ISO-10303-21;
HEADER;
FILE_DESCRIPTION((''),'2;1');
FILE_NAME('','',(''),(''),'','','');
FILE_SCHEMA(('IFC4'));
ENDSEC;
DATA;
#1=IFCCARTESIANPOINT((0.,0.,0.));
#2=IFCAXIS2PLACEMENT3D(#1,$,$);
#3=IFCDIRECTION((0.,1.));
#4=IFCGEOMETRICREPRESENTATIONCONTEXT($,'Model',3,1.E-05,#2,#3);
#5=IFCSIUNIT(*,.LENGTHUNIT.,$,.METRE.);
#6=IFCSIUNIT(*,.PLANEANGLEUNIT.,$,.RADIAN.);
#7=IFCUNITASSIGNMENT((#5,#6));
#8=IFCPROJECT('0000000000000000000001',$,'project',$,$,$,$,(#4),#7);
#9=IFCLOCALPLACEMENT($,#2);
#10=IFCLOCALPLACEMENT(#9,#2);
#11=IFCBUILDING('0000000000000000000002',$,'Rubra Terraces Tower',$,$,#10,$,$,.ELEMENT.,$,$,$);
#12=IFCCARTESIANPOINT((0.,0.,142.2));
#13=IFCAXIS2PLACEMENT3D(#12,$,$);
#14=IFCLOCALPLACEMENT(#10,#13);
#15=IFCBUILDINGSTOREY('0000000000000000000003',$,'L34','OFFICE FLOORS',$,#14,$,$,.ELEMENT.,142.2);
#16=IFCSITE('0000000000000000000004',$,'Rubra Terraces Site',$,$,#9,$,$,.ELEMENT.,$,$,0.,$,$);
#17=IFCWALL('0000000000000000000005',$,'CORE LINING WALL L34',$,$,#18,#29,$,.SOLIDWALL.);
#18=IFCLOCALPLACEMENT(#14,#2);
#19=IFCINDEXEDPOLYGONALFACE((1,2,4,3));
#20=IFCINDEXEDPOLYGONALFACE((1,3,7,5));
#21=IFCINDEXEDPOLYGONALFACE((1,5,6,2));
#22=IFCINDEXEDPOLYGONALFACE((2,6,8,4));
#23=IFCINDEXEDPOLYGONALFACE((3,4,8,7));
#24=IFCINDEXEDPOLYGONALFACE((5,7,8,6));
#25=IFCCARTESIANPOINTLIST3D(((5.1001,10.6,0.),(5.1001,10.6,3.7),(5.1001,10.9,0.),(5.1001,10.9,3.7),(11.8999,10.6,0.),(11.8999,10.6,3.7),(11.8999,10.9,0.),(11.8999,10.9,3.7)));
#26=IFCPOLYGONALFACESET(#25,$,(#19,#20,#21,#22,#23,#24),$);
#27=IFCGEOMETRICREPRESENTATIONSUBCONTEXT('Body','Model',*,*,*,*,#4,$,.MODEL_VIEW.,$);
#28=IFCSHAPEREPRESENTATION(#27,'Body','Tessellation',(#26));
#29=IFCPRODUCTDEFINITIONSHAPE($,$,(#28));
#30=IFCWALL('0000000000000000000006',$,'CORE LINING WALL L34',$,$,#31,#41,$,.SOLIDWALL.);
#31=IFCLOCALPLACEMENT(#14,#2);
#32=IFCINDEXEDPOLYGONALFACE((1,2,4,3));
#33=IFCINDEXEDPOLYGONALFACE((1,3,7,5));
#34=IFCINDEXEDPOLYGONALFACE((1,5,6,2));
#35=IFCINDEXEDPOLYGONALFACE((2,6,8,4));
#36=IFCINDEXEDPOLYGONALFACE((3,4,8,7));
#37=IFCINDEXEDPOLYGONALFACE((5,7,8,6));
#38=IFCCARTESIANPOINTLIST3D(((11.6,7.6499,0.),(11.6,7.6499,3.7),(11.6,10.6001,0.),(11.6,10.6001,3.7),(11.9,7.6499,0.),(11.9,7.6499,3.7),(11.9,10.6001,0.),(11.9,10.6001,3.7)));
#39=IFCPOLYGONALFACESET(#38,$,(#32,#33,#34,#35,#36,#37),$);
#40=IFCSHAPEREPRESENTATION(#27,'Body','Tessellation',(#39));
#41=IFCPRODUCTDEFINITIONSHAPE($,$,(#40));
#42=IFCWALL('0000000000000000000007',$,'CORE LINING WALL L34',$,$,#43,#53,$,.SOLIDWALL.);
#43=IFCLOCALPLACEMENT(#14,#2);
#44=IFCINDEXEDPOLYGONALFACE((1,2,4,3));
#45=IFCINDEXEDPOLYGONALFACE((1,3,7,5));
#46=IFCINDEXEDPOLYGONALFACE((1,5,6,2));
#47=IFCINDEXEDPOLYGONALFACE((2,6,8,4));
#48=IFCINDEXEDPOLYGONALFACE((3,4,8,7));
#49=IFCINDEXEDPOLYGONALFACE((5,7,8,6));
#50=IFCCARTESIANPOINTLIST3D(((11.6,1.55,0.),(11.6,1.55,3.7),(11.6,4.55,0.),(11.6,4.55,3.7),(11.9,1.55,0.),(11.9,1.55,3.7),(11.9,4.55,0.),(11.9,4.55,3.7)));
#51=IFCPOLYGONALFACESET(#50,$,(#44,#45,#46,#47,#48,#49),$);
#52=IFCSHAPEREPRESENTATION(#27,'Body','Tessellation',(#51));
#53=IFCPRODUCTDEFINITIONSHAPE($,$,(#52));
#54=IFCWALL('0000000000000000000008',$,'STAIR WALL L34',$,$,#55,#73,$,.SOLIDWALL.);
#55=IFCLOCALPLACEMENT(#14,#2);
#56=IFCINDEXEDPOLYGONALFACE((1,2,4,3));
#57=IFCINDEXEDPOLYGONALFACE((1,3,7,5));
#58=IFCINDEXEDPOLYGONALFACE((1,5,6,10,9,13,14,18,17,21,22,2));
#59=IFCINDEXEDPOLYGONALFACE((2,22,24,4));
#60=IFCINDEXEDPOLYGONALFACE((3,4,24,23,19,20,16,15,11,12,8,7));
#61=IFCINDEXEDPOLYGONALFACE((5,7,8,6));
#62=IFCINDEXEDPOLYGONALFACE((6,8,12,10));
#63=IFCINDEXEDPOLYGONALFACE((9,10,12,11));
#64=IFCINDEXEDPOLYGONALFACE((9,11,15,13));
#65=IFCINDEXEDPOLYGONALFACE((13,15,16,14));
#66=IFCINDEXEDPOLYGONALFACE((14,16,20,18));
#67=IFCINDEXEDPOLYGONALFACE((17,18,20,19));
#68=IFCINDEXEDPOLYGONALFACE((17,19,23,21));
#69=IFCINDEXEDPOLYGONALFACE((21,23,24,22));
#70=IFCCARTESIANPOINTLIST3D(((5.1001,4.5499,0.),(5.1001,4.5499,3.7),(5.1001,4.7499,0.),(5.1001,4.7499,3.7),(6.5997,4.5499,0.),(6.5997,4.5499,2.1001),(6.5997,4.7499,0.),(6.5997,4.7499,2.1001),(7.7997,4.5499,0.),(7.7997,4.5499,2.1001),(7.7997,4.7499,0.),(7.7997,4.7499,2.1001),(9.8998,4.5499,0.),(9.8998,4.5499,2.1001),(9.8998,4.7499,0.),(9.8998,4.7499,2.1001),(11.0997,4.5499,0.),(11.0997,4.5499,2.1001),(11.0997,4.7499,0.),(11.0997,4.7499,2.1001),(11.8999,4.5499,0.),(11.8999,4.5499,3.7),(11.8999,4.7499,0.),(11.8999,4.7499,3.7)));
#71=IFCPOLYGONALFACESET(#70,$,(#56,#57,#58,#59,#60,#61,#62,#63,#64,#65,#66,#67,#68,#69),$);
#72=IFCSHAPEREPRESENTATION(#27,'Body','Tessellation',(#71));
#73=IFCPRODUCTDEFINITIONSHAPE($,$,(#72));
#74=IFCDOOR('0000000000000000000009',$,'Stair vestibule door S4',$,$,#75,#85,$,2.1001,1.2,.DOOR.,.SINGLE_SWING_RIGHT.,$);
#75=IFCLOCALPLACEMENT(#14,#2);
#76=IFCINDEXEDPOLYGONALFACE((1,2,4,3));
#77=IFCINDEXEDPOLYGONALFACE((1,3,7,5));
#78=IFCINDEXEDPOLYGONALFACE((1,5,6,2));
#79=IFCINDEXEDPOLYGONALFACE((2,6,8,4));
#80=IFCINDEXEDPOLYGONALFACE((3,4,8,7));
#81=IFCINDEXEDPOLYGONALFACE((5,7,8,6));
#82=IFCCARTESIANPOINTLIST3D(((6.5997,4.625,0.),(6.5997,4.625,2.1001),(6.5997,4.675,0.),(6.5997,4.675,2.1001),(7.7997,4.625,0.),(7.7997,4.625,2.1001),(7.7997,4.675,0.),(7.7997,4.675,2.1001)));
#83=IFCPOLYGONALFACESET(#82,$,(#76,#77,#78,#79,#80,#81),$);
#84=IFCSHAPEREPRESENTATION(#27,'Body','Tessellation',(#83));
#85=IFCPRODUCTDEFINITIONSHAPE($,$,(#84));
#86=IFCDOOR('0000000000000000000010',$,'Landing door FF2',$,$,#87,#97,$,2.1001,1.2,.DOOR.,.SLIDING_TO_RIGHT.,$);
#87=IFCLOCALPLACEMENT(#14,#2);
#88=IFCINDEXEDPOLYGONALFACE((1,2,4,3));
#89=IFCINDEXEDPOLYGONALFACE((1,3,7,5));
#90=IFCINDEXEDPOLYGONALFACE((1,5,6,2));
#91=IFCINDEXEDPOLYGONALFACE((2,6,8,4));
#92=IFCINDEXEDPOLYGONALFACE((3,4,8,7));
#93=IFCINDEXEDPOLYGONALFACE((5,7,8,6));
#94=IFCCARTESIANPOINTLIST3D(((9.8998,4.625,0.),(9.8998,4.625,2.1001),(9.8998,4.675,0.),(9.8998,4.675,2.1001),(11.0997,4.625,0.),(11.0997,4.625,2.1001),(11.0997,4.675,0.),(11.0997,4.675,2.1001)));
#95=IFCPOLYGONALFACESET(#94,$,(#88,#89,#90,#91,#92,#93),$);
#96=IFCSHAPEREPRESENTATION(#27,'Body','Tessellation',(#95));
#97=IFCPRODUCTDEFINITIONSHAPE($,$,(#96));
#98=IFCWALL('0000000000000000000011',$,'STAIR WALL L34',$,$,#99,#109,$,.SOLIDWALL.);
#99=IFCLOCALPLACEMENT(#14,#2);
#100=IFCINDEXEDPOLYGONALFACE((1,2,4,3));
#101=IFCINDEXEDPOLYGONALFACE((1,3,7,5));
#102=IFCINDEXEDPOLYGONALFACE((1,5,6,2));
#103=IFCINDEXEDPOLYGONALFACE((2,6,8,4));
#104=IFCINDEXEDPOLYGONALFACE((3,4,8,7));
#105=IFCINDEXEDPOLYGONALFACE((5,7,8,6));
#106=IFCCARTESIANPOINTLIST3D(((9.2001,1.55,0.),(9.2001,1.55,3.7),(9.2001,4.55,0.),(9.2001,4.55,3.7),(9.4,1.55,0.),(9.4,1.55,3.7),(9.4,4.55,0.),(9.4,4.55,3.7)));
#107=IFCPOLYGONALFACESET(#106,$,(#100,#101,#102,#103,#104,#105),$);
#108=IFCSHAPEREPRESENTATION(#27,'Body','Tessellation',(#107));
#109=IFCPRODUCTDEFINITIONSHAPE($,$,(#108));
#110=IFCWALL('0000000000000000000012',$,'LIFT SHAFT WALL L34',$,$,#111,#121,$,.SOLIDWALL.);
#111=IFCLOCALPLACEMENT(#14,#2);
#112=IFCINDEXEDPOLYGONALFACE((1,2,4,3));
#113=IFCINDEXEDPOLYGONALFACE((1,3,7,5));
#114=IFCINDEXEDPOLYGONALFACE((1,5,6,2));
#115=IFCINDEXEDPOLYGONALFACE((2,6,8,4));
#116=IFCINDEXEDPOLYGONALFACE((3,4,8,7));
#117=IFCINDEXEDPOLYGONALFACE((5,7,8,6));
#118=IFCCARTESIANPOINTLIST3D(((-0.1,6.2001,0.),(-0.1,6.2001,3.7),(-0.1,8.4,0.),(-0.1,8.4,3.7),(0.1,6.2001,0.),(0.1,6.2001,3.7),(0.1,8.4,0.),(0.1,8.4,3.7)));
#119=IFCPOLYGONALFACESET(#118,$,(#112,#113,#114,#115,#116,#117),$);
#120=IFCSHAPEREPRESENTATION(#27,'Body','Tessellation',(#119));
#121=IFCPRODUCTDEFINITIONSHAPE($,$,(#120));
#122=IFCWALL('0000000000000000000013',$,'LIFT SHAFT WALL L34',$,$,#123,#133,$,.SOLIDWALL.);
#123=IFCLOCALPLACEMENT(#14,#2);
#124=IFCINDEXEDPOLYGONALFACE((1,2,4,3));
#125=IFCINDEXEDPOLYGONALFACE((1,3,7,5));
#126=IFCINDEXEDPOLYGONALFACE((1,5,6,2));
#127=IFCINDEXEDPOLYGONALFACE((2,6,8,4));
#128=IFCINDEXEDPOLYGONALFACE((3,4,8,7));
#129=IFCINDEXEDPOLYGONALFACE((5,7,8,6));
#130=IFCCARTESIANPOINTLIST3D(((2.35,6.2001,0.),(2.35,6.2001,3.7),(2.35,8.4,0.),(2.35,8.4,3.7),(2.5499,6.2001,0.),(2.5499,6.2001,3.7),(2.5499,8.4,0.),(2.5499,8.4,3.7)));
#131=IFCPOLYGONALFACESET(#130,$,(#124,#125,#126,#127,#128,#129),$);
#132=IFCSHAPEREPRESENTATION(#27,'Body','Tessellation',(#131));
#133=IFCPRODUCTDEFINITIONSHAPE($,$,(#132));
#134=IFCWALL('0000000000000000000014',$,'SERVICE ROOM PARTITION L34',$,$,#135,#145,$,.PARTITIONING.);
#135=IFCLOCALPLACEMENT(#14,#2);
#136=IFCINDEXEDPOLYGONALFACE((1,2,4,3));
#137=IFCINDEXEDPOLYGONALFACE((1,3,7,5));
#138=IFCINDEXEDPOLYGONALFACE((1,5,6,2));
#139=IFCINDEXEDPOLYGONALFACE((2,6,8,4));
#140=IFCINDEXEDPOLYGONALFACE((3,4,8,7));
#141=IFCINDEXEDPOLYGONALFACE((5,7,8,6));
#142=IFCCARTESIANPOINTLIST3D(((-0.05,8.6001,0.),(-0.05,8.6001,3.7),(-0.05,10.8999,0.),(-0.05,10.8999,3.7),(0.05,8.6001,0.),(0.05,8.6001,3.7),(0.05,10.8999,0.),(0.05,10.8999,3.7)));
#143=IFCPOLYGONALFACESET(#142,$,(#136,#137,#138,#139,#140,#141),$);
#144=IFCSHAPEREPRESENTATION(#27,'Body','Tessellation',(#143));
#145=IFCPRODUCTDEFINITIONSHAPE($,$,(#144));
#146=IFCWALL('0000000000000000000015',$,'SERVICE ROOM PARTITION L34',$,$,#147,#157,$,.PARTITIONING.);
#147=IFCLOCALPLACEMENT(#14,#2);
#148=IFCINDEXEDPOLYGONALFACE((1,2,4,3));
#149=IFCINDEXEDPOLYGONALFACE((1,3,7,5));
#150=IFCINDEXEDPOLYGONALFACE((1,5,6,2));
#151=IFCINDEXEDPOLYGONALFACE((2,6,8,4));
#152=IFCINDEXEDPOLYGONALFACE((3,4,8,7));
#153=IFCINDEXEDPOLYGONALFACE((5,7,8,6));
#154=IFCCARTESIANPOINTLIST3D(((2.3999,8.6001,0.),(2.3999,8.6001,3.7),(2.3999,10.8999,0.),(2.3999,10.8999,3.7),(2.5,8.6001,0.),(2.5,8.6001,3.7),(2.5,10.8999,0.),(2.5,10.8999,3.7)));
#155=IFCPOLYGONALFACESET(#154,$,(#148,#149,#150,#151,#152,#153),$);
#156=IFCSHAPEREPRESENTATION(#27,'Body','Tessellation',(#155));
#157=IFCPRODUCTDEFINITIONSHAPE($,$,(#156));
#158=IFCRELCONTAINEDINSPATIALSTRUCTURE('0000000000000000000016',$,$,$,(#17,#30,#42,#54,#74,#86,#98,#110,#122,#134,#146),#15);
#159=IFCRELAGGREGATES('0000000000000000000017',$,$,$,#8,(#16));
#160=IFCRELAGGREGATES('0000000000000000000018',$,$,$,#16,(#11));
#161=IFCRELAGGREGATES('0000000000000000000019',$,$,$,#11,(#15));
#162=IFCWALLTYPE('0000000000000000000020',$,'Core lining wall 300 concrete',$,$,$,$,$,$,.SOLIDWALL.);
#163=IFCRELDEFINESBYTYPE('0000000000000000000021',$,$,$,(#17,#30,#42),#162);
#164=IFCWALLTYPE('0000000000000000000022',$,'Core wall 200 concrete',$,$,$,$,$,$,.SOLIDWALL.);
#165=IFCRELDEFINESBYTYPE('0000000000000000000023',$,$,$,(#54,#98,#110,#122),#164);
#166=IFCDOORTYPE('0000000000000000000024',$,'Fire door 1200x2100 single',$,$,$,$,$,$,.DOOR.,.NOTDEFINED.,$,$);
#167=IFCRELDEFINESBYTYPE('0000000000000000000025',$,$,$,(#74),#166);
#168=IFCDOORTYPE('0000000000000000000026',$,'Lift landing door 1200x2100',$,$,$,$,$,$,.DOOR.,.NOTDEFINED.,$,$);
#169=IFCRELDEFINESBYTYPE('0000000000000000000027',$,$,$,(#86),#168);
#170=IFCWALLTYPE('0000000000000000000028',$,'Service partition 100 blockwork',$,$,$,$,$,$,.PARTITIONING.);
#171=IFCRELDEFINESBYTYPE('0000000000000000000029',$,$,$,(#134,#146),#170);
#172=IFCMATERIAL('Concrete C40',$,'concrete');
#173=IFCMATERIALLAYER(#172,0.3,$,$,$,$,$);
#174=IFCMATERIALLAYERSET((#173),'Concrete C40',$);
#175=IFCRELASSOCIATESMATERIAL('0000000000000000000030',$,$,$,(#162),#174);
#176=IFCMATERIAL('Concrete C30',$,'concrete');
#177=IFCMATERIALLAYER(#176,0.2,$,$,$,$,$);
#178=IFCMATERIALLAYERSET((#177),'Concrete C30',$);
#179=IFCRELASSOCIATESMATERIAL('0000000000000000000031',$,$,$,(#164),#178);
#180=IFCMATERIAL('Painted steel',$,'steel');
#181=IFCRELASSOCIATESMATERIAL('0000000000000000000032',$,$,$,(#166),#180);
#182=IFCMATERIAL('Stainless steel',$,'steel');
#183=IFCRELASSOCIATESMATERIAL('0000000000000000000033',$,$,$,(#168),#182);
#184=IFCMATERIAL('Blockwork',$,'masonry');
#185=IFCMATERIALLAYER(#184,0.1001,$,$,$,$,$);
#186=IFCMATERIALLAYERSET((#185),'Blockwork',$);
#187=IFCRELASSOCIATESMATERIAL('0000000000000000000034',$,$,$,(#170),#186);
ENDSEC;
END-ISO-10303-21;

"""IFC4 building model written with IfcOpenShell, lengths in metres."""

from ifc_helpers import new_model, si_unit, direction, frame, frame_2d, origin, place, context, subcontext, project, spatial, rectangle, extrude, material, layer, layer_set, type_object, element, fill, save


model = new_model("IFC4")

# Units and contexts
model_context = context("Model", 3, precision=1e-05, world=origin(), true_north=direction((0.0, 1.0)))
body_context = subcontext(model_context, "Body", "Model", "MODEL_VIEW")
ifc_project = project(units=[si_unit("LENGTHUNIT", "METRE"), si_unit("PLANEANGLEUNIT", "RADIAN")], contexts=[model_context])

# Site, building, storey
site_placement = place(None, origin())
site = spatial("IfcSite", under=ifc_project, at=site_placement, Name="Rubra Terraces Site", CompositionType="ELEMENT", RefElevation=0.0)
building_placement = place(site_placement, origin())
building = spatial("IfcBuilding", under=site, at=building_placement, Name="Rubra Terraces Tower", CompositionType="ELEMENT")
storey_placement = place(building_placement, frame((0.0, 0.0, 142.2)))
storey = spatial("IfcBuildingStorey", under=building, at=storey_placement, Name="L34", Description="OFFICE FLOORS", CompositionType="ELEMENT", Elevation=142.2)

# Walls
ifc_material_1 = material(Name="Concrete C40", Category="concrete")
ifc_layer_1 = layer(ifc_material_1, 0.3)
ifc_layer_set_1 = layer_set([ifc_layer_1], Name="Concrete C40")
wall_type_1 = type_object("IfcWallType", Name="Core lining wall 300 concrete", PredefinedType="SOLIDWALL", material=ifc_layer_set_1)
wall_1_placement = place(storey_placement, frame((11.8999, 10.75, 0.0), z_axis=(0.0, 0.0, 1.0), x_axis=(-1.0, 0.0, 0.0)))
element("IfcWall", 1, at=wall_1_placement, inside=storey, type_object=wall_type_1, Name="CORE LINING WALL L34", PredefinedType="SOLIDWALL", context=body_context, shape_type="SweptSolid", body=[
    extrude(rectangle(XDim=6.7998, YDim=0.3, at=frame_2d((3.3999, 0.0))), origin(), (0.0, 0.0, 1.0), 3.7),
])
wall_2_placement = place(storey_placement, frame((11.75, 10.6001, 0.0), z_axis=(0.0, 0.0, 1.0), x_axis=(0.0, -1.0, 0.0)))
element("IfcWall", 2, at=wall_2_placement, inside=storey, type_object=wall_type_1, Name="CORE LINING WALL L34", PredefinedType="SOLIDWALL", context=body_context, shape_type="SweptSolid", body=[
    extrude(rectangle(XDim=2.9502, YDim=0.3, at=frame_2d((1.4751, 0.0))), origin(), (0.0, 0.0, 1.0), 3.7),
])
wall_3_placement = place(storey_placement, frame((11.75, 4.55, 0.0), z_axis=(0.0, 0.0, 1.0), x_axis=(0.0, -1.0, 0.0)))
element("IfcWall", 3, at=wall_3_placement, inside=storey, type_object=wall_type_1, Name="CORE LINING WALL L34", PredefinedType="SOLIDWALL", context=body_context, shape_type="SweptSolid", body=[
    extrude(rectangle(XDim=3.0, YDim=0.3, at=frame_2d((1.5, 0.0))), origin(), (0.0, 0.0, 1.0), 3.7),
])

# Wall, openings, doors
ifc_material_2 = material(Name="Concrete C30", Category="concrete")
ifc_layer_2 = layer(ifc_material_2, 0.2)
ifc_layer_set_2 = layer_set([ifc_layer_2], Name="Concrete C30")
wall_type_2 = type_object("IfcWallType", Name="Core wall 200 concrete", PredefinedType="SOLIDWALL", material=ifc_layer_set_2)
wall_4_placement = place(storey_placement, frame((11.8999, 4.6499, 0.0), z_axis=(0.0, 0.0, 1.0), x_axis=(-1.0, 0.0, 0.0)))
wall_4 = element("IfcWall", 4, at=wall_4_placement, inside=storey, type_object=wall_type_2, Name="STAIR WALL L34", PredefinedType="SOLIDWALL", context=body_context, shape_type="SweptSolid", body=[
    extrude(rectangle(XDim=6.7998, YDim=0.2, at=frame_2d((3.3999, 0.0))), origin(), (0.0, 0.0, 1.0), 3.7),
])
opening_1_placement = place(wall_4_placement, frame((4.1001, 0.0, 0.0)))
opening_1 = element("IfcOpeningElement", 5, at=opening_1_placement, cuts=wall_4, PredefinedType="OPENING", context=body_context, shape_type="SweptSolid", body=[
    extrude(rectangle(XDim=1.2, YDim=2.1001, at=frame_2d((0.6001, 1.05))), frame((0.0, 0.1099, 0.0), z_axis=(0.0, -1.0, 0.0), x_axis=(1.0, 0.0, 0.0)), (0.0, 0.0, 1.0), 0.22),
])
opening_2_placement = place(wall_4_placement, frame((0.8, 0.0, 0.0)))
opening_2 = element("IfcOpeningElement", 6, at=opening_2_placement, cuts=wall_4, PredefinedType="OPENING", context=body_context, shape_type="SweptSolid", body=[
    extrude(rectangle(XDim=1.2, YDim=2.1001, at=frame_2d((0.6001, 1.05))), frame((0.0, 0.1099, 0.0), z_axis=(0.0, -1.0, 0.0), x_axis=(1.0, 0.0, 0.0)), (0.0, 0.0, 1.0), 0.22),
])
ifc_material_3 = material(Name="Painted steel", Category="steel")
door_type_1 = type_object("IfcDoorType", Name="Fire door 1200x2100 single", OperationType="NOTDEFINED", PredefinedType="DOOR", material=ifc_material_3)
door_1_placement = place(opening_1_placement, origin())
door_1 = element("IfcDoor", 7, at=door_1_placement, inside=storey, type_object=door_type_1, Name="Stair vestibule door S4", OperationType="SINGLE_SWING_RIGHT", OverallHeight=2.1001, OverallWidth=1.2, PredefinedType="DOOR", context=body_context, shape_type="SweptSolid", body=[
    extrude(rectangle(XDim=1.2, YDim=2.1001, at=frame_2d((0.6001, 1.05))), frame((0.0, 0.0249, 0.0), z_axis=(0.0, -1.0, 0.0), x_axis=(1.0, 0.0, 0.0)), (0.0, 0.0, 1.0), 0.05),
])
fill(opening_1, door_1)
ifc_material_4 = material(Name="Stainless steel", Category="steel")
door_type_2 = type_object("IfcDoorType", Name="Lift landing door 1200x2100", OperationType="NOTDEFINED", PredefinedType="DOOR", material=ifc_material_4)
door_2_placement = place(opening_2_placement, origin())
door_2 = element("IfcDoor", 8, at=door_2_placement, inside=storey, type_object=door_type_2, Name="Landing door FF2", OperationType="SLIDING_TO_RIGHT", OverallHeight=2.1001, OverallWidth=1.2, PredefinedType="DOOR", context=body_context, shape_type="SweptSolid", body=[
    extrude(rectangle(XDim=1.2, YDim=2.1001, at=frame_2d((0.6001, 1.05))), frame((0.0, 0.0249, 0.0), z_axis=(0.0, -1.0, 0.0), x_axis=(1.0, 0.0, 0.0)), (0.0, 0.0, 1.0), 0.05),
])
fill(opening_2, door_2)

# Walls
wall_5_placement = place(storey_placement, frame((9.3, 4.55, 0.0), z_axis=(0.0, 0.0, 1.0), x_axis=(0.0, -1.0, 0.0)))
element("IfcWall", 9, at=wall_5_placement, inside=storey, type_object=wall_type_2, Name="STAIR WALL L34", PredefinedType="SOLIDWALL", context=body_context, shape_type="SweptSolid", body=[
    extrude(rectangle(XDim=3.0, YDim=0.2, at=frame_2d((1.5, 0.0))), origin(), (0.0, 0.0, 1.0), 3.7),
])
for number, where, z_axis, x_axis, name in (
    (10, (0.0, 6.2, 0.0), (0.0, 0.0, 1.0), (0.0, 1.0, 0.0), "LIFT SHAFT WALL L34"),
    (11, (2.45, 6.2, 0.0), (0.0, 0.0, 1.0), (0.0, 1.0, 0.0), "LIFT SHAFT WALL L34"),
):
    element("IfcWall", number, at=place(storey_placement, frame(where, z_axis=z_axis, x_axis=x_axis)), inside=storey, type_object=wall_type_2, Name=name, PredefinedType="SOLIDWALL", context=body_context, shape_type="SweptSolid", body=[
        extrude(rectangle(XDim=2.2, YDim=0.2, at=frame_2d((1.1001, 0.0))), origin(), (0.0, 0.0, 1.0), 3.7),
    ])
ifc_material_5 = material(Name="Blockwork", Category="masonry")
ifc_layer_3 = layer(ifc_material_5, 0.1001)
ifc_layer_set_3 = layer_set([ifc_layer_3], Name="Blockwork")
wall_type_3 = type_object("IfcWallType", Name="Service partition 100 blockwork", PredefinedType="PARTITIONING", material=ifc_layer_set_3)
for number, where, z_axis, x_axis, name in (
    (12, (0.0, 8.6001, 0.0), (0.0, 0.0, 1.0), (0.0, 1.0, 0.0), "SERVICE ROOM PARTITION L34"),
    (13, (2.45, 8.6001, 0.0), (0.0, 0.0, 1.0), (0.0, 1.0, 0.0), "SERVICE ROOM PARTITION L34"),
):
    element("IfcWall", number, at=place(storey_placement, frame(where, z_axis=z_axis, x_axis=x_axis)), inside=storey, type_object=wall_type_3, Name=name, PredefinedType="PARTITIONING", context=body_context, shape_type="SweptSolid", body=[
        extrude(rectangle(XDim=2.2998, YDim=0.1001, at=frame_2d((1.1499, 0.0))), origin(), (0.0, 0.0, 1.0), 3.7),
    ])

save(model, "model.ifc")
